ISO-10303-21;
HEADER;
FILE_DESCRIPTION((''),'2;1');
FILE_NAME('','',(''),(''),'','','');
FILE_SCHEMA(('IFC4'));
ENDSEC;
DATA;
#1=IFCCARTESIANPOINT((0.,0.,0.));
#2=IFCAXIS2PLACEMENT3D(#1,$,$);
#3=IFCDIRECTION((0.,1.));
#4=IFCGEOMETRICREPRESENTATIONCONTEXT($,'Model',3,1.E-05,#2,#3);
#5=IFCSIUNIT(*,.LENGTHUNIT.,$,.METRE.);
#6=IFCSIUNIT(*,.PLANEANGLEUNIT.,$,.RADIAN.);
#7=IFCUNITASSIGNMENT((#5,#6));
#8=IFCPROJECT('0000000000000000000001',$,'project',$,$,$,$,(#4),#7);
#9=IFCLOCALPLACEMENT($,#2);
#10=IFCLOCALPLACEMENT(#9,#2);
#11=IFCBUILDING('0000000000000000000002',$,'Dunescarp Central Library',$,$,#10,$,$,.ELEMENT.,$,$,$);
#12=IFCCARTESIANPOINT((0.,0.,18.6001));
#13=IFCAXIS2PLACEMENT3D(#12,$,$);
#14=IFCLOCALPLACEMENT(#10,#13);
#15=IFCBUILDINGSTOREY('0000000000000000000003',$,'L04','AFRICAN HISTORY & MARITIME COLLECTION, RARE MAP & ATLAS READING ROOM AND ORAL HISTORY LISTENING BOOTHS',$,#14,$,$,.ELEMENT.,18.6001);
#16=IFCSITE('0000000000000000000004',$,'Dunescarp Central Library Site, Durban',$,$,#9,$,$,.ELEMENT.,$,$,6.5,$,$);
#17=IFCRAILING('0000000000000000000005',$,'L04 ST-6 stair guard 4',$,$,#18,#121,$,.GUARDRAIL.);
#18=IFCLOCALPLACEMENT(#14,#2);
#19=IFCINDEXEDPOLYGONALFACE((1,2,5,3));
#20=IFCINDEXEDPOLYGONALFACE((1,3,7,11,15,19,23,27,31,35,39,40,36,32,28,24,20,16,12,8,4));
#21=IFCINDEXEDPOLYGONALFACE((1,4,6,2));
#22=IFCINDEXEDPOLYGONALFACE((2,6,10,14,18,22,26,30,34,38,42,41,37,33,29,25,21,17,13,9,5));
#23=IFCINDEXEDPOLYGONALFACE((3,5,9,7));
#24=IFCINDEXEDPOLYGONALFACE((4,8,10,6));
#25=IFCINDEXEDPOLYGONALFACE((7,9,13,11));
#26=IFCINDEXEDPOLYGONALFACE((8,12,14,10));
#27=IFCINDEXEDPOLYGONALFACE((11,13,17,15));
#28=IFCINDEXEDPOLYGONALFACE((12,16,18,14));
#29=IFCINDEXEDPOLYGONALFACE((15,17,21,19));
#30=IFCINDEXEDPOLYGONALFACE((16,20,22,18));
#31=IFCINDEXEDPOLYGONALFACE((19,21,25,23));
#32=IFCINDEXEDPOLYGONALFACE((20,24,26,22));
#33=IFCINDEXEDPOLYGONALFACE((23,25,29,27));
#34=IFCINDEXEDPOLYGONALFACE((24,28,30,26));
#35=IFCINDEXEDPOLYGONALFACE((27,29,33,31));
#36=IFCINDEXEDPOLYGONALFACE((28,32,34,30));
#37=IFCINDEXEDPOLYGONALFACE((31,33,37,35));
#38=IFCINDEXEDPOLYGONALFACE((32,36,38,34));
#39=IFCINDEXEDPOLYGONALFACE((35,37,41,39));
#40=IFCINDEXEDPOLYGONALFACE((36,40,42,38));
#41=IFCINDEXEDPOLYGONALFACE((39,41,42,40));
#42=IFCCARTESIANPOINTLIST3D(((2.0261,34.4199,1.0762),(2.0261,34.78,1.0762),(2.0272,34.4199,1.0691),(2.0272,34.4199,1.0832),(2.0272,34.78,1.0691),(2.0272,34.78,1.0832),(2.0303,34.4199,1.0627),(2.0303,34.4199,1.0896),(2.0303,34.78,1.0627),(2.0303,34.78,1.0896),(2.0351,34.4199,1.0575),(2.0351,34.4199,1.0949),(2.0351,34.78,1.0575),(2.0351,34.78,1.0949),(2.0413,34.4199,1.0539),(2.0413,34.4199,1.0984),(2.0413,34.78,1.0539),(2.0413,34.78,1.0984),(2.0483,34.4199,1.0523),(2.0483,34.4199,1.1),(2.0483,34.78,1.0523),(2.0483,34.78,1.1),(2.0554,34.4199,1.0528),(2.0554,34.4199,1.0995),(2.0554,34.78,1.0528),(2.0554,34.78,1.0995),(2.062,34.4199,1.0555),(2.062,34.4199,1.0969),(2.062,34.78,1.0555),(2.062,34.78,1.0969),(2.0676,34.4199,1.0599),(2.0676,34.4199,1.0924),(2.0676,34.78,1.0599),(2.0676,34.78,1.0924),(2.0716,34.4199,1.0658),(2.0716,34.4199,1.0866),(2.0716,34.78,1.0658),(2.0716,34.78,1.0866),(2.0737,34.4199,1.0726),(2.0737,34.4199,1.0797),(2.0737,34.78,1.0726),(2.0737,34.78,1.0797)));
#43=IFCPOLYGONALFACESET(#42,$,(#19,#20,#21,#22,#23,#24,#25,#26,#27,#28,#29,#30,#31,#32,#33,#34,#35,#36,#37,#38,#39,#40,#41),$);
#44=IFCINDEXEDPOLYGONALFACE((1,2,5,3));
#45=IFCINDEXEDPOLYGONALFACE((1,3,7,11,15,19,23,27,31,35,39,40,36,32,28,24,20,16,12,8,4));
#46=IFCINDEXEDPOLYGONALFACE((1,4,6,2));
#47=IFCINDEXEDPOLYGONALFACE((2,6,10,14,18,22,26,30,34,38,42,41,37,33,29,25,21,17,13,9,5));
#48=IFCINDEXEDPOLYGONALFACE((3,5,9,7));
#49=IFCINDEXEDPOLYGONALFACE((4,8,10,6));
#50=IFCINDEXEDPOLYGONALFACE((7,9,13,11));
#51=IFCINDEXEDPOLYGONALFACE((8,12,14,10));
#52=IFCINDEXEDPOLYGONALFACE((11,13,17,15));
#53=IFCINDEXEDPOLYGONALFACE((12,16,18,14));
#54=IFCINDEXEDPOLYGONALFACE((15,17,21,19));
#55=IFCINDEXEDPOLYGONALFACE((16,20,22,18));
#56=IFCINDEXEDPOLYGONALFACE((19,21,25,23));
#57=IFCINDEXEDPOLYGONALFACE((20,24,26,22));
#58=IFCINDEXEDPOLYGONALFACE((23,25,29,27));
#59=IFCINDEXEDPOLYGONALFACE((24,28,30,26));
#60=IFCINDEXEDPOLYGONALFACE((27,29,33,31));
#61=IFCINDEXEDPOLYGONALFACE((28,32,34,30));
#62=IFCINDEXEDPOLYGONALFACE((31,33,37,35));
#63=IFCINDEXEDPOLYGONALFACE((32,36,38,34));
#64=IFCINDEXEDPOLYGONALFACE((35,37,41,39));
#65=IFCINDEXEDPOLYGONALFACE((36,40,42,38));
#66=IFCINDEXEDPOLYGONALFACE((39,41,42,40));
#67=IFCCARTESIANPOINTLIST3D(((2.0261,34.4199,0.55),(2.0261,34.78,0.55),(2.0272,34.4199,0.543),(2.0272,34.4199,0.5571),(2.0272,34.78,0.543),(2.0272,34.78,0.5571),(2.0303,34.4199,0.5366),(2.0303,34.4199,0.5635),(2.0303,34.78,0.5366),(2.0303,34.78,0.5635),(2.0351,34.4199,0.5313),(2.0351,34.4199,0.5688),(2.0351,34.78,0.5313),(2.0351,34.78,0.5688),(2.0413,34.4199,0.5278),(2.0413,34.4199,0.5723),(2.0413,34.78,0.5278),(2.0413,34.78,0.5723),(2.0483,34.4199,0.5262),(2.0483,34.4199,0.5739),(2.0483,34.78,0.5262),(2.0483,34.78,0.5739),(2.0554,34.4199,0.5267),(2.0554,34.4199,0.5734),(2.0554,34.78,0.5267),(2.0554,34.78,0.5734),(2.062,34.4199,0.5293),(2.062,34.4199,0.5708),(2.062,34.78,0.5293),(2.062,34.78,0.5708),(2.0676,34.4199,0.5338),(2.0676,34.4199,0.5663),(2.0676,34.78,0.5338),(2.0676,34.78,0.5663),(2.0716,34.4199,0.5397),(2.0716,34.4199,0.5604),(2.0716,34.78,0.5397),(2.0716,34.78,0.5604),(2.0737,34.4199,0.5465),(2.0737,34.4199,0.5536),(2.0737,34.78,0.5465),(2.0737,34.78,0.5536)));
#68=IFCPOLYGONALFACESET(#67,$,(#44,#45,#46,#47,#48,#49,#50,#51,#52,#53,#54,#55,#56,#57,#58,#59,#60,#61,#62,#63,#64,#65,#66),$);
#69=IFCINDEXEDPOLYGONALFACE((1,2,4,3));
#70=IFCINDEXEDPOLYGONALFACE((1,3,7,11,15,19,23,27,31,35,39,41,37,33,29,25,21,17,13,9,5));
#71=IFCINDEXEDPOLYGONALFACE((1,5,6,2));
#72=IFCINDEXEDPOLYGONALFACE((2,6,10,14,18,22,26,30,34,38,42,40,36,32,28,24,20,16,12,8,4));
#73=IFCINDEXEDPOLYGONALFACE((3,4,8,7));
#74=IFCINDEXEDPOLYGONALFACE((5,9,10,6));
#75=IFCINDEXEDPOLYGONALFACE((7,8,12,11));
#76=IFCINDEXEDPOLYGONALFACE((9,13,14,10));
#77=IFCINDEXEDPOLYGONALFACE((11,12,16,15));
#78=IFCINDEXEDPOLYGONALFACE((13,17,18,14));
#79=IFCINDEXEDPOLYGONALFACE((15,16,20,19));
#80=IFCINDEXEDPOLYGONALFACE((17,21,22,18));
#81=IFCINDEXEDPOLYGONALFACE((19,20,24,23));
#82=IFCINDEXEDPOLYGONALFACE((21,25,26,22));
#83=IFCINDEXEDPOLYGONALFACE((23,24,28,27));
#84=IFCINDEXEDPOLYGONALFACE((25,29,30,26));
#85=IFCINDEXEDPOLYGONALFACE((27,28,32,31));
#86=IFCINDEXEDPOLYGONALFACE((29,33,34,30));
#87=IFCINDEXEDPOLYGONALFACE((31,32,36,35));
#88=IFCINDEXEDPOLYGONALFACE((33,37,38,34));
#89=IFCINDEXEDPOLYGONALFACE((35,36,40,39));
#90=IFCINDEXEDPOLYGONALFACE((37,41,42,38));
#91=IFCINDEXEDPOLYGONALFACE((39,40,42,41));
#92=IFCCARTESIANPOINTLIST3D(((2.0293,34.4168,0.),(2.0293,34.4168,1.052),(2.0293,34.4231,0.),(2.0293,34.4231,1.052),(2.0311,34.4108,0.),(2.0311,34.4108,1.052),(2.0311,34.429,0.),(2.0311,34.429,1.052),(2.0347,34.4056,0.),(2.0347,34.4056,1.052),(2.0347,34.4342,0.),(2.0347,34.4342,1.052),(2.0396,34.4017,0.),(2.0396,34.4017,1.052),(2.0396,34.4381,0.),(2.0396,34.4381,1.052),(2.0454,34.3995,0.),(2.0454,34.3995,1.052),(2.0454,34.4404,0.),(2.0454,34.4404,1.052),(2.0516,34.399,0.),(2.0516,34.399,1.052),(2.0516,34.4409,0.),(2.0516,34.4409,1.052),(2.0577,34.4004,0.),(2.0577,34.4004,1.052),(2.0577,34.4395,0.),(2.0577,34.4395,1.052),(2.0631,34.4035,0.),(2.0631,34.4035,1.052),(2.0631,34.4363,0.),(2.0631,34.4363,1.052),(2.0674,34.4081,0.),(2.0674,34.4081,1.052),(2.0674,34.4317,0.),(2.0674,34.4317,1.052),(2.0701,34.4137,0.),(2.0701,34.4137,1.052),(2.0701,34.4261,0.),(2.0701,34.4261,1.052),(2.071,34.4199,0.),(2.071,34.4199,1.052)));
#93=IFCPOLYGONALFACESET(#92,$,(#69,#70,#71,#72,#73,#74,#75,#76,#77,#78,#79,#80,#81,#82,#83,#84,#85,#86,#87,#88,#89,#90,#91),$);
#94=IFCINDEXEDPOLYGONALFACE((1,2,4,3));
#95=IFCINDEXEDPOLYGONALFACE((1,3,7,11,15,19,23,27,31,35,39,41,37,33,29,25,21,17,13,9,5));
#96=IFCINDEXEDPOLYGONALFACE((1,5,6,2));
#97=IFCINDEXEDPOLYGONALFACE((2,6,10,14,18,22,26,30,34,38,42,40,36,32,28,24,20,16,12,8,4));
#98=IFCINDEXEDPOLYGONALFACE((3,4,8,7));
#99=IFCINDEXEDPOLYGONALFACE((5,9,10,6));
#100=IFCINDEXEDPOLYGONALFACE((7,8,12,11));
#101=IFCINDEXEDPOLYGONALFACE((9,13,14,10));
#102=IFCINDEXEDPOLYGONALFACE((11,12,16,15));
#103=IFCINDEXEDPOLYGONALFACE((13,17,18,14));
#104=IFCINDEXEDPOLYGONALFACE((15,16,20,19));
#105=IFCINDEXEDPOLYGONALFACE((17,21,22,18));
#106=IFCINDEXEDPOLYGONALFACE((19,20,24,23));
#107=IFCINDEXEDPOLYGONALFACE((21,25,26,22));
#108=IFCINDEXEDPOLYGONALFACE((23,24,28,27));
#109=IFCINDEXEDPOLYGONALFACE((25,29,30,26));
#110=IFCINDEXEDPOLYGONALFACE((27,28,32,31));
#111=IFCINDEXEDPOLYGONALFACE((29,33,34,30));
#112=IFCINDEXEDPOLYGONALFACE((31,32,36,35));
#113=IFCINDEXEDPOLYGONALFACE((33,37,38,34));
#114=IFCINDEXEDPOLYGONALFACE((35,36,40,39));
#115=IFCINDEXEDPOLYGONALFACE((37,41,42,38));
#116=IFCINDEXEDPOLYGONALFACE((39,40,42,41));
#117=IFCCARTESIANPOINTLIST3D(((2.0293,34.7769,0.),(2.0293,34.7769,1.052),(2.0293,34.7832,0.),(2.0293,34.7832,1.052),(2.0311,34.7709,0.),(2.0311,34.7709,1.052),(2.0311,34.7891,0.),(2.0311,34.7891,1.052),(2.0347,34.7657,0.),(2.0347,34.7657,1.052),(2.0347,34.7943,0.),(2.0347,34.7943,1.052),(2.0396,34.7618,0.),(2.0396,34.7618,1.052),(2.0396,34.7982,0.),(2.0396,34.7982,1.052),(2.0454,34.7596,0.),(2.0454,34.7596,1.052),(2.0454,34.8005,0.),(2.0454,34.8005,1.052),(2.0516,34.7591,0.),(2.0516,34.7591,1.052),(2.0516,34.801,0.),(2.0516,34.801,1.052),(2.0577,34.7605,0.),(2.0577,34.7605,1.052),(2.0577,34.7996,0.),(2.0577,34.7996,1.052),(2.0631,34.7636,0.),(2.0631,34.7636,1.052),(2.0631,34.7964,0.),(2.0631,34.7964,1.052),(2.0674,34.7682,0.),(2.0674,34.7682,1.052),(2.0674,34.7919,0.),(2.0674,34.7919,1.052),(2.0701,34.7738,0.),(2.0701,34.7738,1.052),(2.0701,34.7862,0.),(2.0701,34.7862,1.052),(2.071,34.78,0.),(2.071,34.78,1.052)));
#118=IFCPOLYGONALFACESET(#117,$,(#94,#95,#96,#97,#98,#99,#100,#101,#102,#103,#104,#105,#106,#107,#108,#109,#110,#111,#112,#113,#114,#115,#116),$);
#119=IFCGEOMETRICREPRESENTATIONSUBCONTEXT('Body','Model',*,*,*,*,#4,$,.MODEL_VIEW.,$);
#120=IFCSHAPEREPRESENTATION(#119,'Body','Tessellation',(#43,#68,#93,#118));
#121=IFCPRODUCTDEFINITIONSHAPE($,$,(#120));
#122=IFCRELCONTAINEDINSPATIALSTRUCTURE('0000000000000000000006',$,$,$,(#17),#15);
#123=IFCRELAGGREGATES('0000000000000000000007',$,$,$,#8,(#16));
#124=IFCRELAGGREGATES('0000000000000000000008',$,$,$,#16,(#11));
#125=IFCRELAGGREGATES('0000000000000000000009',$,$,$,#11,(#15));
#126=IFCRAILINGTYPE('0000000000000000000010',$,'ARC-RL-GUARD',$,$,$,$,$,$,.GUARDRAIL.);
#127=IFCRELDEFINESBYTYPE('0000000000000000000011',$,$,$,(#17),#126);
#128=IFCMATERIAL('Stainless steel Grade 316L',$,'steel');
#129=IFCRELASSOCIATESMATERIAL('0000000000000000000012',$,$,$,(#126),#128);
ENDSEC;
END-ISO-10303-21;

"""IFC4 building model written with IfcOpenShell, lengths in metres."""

from ifc_helpers import new_model, si_unit, direction, frame, origin, origin_2d, place, context, subcontext, project, spatial, circle, extrude, material, type_object, element, save


model = new_model("IFC4")

# Units and contexts
model_context = context("Model", 3, precision=1e-05, world=origin(), true_north=direction((0.0, 1.0)))
body_context = subcontext(model_context, "Body", "Model", "MODEL_VIEW")
ifc_project = project(units=[si_unit("LENGTHUNIT", "METRE"), si_unit("PLANEANGLEUNIT", "RADIAN")], contexts=[model_context])

# Site, building, storey
site_placement = place(None, origin())
site = spatial("IfcSite", under=ifc_project, at=site_placement, Name="Dunescarp Central Library Site, Durban", CompositionType="ELEMENT", RefElevation=6.5)
building_placement = place(site_placement, origin())
building = spatial("IfcBuilding", under=site, at=building_placement, Name="Dunescarp Central Library", CompositionType="ELEMENT")
storey_placement = place(building_placement, frame((0.0, 0.0, 18.6001)))
storey = spatial("IfcBuildingStorey", under=building, at=storey_placement, Name="L04", Description="AFRICAN HISTORY & MARITIME COLLECTION, RARE MAP & ATLAS READING ROOM AND ORAL HISTORY LISTENING BOOTHS", CompositionType="ELEMENT", Elevation=18.6001)

# Railing
ifc_material_1 = material(Name="Stainless steel Grade 316L", Category="steel")
railing_type_1 = type_object("IfcRailingType", Name="ARC-RL-GUARD", PredefinedType="GUARDRAIL", material=ifc_material_1)
railing_1_placement = place(storey_placement, frame((2.05, 34.4199, 0.0)))
element("IfcRailing", 1, at=railing_1_placement, inside=storey, type_object=railing_type_1, Name="L04 ST-6 stair guard 4", PredefinedType="GUARDRAIL", context=body_context, shape_type="SweptSolid", body=[
    extrude(circle(Radius=0.0239, at=origin_2d()), frame((0.0, 0.0, 1.0762), z_axis=(0.0, 1.0, 0.0), x_axis=(-1.0, 0.0, 0.0)), (0.0, 0.0, 1.0), 0.3601),
    extrude(circle(Radius=0.0239, at=origin_2d()), frame((0.0, 0.0, 0.55), z_axis=(0.0, 1.0, 0.0), x_axis=(-1.0, 0.0, 0.0)), (0.0, 0.0, 1.0), 0.3601),
    extrude(circle(Radius=0.021, at=origin_2d()), origin(), (0.0, 0.0, 1.0), 1.052),
    extrude(circle(Radius=0.021, at=origin_2d()), frame((0.0, 0.3601, 0.0)), (0.0, 0.0, 1.0), 1.052),
])

save(model, "model.ifc")
